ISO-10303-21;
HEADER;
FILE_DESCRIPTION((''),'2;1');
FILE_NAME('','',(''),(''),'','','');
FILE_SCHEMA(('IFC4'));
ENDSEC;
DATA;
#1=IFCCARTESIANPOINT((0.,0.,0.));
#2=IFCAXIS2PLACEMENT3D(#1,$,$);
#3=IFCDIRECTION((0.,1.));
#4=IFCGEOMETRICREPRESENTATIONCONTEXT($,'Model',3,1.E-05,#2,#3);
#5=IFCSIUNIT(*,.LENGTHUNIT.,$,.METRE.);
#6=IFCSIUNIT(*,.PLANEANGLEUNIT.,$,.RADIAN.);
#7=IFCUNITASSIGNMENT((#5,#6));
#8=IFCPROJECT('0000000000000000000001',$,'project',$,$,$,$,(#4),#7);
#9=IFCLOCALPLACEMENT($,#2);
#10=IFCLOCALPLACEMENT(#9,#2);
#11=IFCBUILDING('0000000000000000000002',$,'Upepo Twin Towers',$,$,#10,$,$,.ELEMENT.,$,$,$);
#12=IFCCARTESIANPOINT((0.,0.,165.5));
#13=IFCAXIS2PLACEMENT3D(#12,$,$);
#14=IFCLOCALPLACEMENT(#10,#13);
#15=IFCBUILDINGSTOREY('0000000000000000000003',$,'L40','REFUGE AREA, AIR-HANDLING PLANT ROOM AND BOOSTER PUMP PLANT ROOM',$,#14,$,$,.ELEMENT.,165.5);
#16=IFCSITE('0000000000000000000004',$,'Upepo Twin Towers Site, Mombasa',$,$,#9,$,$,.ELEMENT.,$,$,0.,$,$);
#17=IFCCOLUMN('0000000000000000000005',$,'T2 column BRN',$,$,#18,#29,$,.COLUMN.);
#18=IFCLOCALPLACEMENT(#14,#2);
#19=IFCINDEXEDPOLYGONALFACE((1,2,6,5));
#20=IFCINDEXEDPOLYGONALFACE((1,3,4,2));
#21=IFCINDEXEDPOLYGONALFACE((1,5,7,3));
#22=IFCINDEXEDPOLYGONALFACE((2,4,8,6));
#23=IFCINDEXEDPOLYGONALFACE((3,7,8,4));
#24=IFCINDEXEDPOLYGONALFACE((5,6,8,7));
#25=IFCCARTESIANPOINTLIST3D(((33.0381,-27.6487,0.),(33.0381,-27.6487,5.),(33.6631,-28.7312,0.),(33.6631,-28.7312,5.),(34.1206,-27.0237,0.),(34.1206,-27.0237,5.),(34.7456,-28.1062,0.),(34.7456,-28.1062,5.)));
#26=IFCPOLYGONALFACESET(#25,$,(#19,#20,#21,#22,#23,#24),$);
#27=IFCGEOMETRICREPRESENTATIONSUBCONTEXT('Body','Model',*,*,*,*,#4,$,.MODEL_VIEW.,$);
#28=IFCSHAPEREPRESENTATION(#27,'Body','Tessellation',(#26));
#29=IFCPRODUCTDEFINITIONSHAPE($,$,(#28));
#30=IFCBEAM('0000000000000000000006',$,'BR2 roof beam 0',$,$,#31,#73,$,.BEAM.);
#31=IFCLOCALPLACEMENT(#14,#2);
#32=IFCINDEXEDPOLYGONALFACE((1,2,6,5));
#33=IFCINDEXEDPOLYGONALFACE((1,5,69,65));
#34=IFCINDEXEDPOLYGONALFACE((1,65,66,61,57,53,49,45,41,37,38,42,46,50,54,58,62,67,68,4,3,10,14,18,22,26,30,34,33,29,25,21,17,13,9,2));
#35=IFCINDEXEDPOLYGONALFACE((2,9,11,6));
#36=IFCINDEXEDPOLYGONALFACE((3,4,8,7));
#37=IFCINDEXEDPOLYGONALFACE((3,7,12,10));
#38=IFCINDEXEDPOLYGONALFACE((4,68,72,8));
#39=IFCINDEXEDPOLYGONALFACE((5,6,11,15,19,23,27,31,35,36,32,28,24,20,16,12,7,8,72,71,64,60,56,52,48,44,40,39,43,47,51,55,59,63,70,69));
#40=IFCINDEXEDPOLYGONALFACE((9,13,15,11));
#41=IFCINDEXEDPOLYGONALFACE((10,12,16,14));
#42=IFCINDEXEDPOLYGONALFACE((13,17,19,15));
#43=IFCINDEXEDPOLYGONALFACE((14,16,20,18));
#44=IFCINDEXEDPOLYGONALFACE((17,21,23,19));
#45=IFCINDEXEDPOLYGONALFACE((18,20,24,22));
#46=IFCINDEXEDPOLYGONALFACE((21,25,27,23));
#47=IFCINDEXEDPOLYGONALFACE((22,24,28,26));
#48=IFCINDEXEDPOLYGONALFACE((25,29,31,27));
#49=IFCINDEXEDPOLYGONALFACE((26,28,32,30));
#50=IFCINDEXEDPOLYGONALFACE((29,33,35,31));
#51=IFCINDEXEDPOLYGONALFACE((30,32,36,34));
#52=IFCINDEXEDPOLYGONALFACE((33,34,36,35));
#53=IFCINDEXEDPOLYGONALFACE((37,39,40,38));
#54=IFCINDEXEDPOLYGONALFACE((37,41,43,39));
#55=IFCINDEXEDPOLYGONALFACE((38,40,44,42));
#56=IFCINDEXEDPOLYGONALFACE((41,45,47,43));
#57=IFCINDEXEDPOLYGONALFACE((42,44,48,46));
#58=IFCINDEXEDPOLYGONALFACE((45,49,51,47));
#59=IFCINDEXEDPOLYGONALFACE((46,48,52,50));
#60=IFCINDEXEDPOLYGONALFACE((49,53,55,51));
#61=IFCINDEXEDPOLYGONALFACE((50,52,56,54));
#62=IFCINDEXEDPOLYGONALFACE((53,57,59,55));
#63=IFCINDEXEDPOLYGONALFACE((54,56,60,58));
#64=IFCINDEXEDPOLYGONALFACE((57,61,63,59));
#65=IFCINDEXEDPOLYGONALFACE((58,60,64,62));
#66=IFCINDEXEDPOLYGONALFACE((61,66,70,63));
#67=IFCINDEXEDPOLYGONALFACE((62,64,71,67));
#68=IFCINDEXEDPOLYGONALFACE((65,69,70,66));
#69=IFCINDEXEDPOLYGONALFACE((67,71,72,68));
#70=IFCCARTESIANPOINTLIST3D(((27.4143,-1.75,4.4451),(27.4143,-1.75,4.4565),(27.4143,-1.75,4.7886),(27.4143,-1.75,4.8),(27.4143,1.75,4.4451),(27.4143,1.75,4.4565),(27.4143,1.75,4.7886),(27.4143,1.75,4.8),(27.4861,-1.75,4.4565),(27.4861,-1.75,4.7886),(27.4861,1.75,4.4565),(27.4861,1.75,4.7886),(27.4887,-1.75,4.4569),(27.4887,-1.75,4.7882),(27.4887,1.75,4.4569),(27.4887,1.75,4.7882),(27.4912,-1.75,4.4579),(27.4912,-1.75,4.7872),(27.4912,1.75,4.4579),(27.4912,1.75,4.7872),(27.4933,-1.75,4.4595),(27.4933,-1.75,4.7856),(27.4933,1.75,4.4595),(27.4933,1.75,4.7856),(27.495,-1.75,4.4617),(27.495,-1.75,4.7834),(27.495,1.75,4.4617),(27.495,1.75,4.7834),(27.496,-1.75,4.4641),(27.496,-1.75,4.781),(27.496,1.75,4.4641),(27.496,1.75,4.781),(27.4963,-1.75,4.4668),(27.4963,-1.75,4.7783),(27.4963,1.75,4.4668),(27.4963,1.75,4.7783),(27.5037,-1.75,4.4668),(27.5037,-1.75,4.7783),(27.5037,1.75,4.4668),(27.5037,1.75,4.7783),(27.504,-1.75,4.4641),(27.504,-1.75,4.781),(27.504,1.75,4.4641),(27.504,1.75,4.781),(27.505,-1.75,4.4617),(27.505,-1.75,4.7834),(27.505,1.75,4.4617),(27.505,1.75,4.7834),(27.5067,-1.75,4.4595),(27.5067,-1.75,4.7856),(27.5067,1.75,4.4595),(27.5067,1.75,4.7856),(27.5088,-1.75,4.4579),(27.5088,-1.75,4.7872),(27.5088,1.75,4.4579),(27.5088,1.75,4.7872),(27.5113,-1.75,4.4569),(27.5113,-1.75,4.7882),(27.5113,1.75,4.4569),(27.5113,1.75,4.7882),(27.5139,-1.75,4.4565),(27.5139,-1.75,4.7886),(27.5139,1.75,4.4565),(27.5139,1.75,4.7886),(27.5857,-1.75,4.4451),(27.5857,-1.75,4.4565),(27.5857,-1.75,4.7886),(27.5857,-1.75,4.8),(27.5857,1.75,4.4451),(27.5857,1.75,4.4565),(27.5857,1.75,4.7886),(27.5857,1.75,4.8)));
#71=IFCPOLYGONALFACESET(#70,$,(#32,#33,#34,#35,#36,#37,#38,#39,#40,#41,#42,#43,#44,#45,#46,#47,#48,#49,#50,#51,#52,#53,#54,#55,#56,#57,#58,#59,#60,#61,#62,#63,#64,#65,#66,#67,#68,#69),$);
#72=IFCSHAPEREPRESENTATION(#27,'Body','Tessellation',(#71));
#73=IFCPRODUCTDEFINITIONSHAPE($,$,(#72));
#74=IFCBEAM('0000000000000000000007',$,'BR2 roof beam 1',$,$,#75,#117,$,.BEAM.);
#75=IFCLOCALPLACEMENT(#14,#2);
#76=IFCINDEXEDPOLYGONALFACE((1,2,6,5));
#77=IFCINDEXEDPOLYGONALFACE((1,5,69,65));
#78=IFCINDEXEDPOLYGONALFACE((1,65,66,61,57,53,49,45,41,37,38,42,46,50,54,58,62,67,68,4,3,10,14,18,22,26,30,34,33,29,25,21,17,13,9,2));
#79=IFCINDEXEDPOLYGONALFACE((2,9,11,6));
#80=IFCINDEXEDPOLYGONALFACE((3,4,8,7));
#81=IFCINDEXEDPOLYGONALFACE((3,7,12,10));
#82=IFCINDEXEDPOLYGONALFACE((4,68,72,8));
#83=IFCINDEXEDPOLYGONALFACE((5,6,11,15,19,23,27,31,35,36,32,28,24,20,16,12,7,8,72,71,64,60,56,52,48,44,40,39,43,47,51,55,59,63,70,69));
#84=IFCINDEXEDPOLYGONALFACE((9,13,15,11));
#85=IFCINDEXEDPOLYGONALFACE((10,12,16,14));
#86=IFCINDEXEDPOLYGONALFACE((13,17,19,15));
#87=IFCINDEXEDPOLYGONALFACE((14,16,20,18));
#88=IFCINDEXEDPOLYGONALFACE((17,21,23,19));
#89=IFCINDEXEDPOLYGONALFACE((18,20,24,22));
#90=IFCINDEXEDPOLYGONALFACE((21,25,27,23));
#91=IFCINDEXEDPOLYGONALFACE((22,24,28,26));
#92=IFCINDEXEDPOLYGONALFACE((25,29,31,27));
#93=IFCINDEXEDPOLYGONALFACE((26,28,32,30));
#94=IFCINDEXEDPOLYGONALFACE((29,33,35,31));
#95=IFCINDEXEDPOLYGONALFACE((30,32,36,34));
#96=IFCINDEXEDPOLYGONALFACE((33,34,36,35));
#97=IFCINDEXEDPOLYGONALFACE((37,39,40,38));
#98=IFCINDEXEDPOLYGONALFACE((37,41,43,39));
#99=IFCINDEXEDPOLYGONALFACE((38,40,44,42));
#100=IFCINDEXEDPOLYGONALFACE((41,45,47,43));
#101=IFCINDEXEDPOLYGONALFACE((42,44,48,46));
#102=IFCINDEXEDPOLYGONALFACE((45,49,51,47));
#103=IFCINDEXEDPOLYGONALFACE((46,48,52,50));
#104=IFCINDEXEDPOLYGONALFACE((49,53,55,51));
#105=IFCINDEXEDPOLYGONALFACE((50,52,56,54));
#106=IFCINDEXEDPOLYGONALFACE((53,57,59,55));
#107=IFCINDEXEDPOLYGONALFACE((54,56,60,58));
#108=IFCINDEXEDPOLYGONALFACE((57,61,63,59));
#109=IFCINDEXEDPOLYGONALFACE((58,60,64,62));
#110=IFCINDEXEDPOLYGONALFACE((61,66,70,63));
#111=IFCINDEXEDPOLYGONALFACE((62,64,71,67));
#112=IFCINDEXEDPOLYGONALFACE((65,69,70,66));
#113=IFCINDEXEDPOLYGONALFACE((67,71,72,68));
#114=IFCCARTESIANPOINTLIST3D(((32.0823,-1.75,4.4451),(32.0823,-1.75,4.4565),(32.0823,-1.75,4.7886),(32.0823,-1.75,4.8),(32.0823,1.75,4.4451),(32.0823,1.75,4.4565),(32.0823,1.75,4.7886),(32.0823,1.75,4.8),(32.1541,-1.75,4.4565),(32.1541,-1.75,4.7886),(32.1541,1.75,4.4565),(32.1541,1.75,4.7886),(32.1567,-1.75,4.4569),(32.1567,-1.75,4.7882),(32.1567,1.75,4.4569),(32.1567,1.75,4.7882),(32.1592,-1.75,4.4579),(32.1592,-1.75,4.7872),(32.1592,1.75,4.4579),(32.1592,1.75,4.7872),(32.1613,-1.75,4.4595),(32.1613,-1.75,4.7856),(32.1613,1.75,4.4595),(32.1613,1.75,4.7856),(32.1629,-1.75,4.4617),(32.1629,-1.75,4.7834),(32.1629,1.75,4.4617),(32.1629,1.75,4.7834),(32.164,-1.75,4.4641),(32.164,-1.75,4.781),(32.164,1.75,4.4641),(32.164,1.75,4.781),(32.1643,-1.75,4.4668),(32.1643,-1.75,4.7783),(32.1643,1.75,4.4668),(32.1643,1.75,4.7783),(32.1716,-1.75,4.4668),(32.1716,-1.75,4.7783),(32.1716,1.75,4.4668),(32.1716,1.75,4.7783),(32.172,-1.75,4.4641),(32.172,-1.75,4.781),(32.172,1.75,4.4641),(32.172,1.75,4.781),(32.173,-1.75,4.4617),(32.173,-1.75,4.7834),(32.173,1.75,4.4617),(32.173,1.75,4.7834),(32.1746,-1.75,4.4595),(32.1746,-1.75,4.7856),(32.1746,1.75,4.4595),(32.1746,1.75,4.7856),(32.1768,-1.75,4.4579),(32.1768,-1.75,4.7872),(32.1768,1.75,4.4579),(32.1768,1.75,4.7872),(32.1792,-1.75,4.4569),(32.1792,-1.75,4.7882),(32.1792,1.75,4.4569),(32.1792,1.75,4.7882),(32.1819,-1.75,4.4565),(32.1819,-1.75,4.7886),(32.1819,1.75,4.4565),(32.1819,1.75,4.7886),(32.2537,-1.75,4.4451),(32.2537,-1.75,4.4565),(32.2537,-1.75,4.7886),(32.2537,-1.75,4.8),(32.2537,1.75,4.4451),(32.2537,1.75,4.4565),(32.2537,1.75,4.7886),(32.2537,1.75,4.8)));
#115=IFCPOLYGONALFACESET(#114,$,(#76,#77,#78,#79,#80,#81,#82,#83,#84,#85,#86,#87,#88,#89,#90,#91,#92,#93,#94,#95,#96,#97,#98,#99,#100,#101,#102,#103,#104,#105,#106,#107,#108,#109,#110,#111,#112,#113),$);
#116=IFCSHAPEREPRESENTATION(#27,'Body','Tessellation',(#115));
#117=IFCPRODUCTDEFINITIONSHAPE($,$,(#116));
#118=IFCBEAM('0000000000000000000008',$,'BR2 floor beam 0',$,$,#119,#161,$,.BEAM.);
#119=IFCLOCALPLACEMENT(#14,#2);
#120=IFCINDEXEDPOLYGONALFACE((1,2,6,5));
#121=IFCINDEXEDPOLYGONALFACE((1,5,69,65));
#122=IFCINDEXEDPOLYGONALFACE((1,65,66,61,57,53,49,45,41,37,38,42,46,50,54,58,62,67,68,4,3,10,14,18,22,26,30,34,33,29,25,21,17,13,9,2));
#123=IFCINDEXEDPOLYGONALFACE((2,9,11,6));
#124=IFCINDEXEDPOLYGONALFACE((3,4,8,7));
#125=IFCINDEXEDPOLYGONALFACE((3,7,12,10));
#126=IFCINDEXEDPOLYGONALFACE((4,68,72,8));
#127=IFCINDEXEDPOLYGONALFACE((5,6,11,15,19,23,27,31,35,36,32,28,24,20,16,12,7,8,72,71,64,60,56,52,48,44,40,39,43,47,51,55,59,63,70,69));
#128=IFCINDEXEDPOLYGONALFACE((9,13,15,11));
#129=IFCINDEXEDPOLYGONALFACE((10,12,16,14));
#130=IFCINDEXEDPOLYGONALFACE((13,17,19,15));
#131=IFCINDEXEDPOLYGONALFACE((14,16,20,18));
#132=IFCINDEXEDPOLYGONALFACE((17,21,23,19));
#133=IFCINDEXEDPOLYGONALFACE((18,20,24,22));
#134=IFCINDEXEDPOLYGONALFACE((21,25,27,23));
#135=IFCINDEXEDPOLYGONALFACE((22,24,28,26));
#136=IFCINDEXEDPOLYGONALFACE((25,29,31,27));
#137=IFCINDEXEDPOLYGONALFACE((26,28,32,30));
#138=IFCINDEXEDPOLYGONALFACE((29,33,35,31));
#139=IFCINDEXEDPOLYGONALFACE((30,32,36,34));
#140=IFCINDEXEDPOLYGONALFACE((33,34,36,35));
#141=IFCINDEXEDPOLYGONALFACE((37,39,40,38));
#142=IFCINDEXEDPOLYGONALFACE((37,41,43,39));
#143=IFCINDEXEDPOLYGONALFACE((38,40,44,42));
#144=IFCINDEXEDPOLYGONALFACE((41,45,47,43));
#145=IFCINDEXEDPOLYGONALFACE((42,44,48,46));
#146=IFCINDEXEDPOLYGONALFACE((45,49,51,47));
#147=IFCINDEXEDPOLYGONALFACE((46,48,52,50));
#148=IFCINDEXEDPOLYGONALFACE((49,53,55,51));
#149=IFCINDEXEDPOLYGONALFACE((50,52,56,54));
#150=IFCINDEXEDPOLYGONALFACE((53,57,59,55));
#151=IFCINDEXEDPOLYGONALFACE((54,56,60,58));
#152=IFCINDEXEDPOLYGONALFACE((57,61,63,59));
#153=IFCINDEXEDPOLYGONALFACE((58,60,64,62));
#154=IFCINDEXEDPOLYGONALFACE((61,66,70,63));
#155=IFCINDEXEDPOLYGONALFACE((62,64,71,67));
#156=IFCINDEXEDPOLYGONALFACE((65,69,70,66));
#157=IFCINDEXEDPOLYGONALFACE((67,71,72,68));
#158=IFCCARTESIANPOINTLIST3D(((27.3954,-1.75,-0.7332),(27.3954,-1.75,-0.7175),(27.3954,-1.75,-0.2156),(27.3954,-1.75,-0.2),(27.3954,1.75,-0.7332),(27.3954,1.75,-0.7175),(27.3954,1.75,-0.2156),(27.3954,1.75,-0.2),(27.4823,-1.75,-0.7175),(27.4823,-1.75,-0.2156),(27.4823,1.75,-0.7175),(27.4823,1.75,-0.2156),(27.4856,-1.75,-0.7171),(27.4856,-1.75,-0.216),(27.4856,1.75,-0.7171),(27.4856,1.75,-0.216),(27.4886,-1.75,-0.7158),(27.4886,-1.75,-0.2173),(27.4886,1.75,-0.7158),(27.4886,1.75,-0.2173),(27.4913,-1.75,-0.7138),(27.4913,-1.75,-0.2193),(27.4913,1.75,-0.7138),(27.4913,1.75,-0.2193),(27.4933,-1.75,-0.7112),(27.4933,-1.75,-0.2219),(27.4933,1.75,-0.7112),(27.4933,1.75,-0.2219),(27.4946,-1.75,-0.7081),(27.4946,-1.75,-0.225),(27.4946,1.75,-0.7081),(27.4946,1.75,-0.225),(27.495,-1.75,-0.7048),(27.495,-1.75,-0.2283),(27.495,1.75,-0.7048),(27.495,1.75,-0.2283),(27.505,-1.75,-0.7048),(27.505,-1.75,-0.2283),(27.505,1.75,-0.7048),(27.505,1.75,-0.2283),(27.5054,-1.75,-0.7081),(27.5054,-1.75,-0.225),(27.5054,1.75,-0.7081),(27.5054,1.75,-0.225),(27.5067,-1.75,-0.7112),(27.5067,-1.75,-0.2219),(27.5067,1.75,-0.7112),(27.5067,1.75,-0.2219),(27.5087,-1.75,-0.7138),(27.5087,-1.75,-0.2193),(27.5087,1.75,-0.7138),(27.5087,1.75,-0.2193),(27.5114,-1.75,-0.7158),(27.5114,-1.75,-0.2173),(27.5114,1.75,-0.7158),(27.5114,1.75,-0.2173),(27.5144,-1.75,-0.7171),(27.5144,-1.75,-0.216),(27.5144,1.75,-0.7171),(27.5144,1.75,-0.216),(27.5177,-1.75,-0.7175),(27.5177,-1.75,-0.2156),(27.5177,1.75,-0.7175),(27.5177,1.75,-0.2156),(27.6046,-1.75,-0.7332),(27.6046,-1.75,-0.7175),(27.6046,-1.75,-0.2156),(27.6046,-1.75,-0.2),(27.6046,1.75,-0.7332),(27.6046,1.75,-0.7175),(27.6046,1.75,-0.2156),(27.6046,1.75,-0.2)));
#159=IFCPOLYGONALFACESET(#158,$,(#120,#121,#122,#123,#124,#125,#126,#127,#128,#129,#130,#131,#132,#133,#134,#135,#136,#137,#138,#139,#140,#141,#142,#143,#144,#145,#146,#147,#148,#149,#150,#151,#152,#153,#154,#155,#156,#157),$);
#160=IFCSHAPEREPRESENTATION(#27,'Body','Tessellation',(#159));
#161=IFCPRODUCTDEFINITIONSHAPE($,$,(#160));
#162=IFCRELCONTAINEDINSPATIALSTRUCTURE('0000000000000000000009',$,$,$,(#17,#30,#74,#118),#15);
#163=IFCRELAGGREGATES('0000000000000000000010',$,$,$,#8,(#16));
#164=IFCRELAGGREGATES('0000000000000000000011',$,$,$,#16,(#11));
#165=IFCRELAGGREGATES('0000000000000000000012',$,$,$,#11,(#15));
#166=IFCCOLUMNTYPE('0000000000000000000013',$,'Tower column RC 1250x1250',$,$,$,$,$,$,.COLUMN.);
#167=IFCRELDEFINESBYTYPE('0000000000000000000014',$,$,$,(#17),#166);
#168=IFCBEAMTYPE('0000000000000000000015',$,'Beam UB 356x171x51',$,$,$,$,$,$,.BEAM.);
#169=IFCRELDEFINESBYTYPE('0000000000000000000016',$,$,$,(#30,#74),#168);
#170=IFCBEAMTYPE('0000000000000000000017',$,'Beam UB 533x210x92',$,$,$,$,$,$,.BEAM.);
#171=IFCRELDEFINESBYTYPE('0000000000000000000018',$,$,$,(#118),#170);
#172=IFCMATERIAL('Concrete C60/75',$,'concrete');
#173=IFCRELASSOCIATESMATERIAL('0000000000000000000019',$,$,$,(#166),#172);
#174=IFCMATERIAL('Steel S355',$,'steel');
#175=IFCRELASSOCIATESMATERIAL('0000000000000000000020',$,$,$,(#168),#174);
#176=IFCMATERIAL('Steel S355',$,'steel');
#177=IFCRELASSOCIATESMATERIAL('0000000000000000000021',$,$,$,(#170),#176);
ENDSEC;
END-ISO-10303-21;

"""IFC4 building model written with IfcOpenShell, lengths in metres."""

from ifc_helpers import new_model, si_unit, direction, frame, origin, origin_2d, place, context, subcontext, project, spatial, rectangle, i_section, extrude, material, material_profile, profile_set, type_object, element, save


model = new_model("IFC4")

# Units and contexts
model_context = context("Model", 3, precision=1e-05, world=origin(), true_north=direction((0.0, 1.0)))
body_context = subcontext(model_context, "Body", "Model", "MODEL_VIEW")
ifc_project = project(units=[si_unit("LENGTHUNIT", "METRE"), si_unit("PLANEANGLEUNIT", "RADIAN")], contexts=[model_context])

# Site, building, storey
site_placement = place(None, origin())
site = spatial("IfcSite", under=ifc_project, at=site_placement, Name="Upepo Twin Towers Site, Mombasa", CompositionType="ELEMENT", RefElevation=0.0)
building_placement = place(site_placement, origin())
building = spatial("IfcBuilding", under=site, at=building_placement, Name="Upepo Twin Towers", CompositionType="ELEMENT")
storey_placement = place(building_placement, frame((0.0, 0.0, 165.5)))
storey = spatial("IfcBuildingStorey", under=building, at=storey_placement, Name="L40", Description="REFUGE AREA, AIR-HANDLING PLANT ROOM AND BOOSTER PUMP PLANT ROOM", CompositionType="ELEMENT", Elevation=165.5)

# Column
ifc_material_1 = material(Name="Concrete C60/75", Category="concrete")
ifc_material_profile_1 = material_profile(ifc_material_1, rectangle(XDim=1.25, YDim=1.25, at=origin_2d()), Name="RC 1250x1250")
ifc_profile_set_1 = profile_set([ifc_material_profile_1], Name="Concrete C60/75")
column_type = type_object("IfcColumnType", Name="Tower column RC 1250x1250", PredefinedType="COLUMN", material=ifc_profile_set_1)
column_placement = place(storey_placement, frame((33.8918, -27.8774, 0.0), z_axis=(0.0, 0.0, 1.0), x_axis=(0.866025, 0.5, 0.0)))
element("IfcColumn", 1, at=column_placement, inside=storey, type_object=column_type, Name="T2 column BRN", PredefinedType="COLUMN", context=body_context, shape_type="SweptSolid", body=[
    extrude(rectangle(XDim=1.25, YDim=1.25, at=origin_2d()), origin(), (0.0, 0.0, 1.0), 5.0),
])

# Beams
ifc_material_2 = material(Name="Steel S355", Category="steel")
ifc_material_profile_2 = material_profile(ifc_material_2, i_section(OverallWidth=0.1714, OverallDepth=0.355, WebThickness=0.0073, FlangeThickness=0.0115, FilletRadius=0.0103, at=origin_2d()), Name="UB 356x171x51")
ifc_profile_set_2 = profile_set([ifc_material_profile_2], Name="Steel S355")
beam_type_1 = type_object("IfcBeamType", Name="Beam UB 356x171x51", PredefinedType="BEAM", material=ifc_profile_set_2)
for number, where, z_axis, x_axis, name in (
    (2, (27.5, -1.75, 4.6226), (0.0, 1.0, 0.0), (-1.0, 0.0, 0.0), "BR2 roof beam 0"),
    (3, (32.168, -1.75, 4.6226), (0.0, 1.0, 0.0), (-1.0, 0.0, 0.0), "BR2 roof beam 1"),
):
    element("IfcBeam", number, at=place(storey_placement, frame(where, z_axis=z_axis, x_axis=x_axis)), inside=storey, type_object=beam_type_1, Name=name, PredefinedType="BEAM", context=body_context, shape_type="SweptSolid", body=[
        extrude(i_section(OverallWidth=0.1714, OverallDepth=0.355, WebThickness=0.0073, FlangeThickness=0.0115, FilletRadius=0.0103, at=origin_2d()), origin(), (0.0, 0.0, 1.0), 3.5),
    ])
ifc_material_3 = material(Name="Steel S355", Category="steel")
ifc_material_profile_3 = material_profile(ifc_material_3, i_section(OverallWidth=0.2092, OverallDepth=0.5332, WebThickness=0.01, FlangeThickness=0.0156, FilletRadius=0.0127, at=origin_2d()), Name="UB 533x210x92")
ifc_profile_set_3 = profile_set([ifc_material_profile_3], Name="Steel S355")
beam_type_2 = type_object("IfcBeamType", Name="Beam UB 533x210x92", PredefinedType="BEAM", material=ifc_profile_set_3)
for number, where, z_axis, x_axis, name in (
    (4, (27.5, -1.75, -0.4666), (0.0, 1.0, 0.0), (-1.0, 0.0, 0.0), "BR2 floor beam 0"),
):
    element("IfcBeam", number, at=place(storey_placement, frame(where, z_axis=z_axis, x_axis=x_axis)), inside=storey, type_object=beam_type_2, Name=name, PredefinedType="BEAM", context=body_context, shape_type="SweptSolid", body=[
        extrude(i_section(OverallWidth=0.2092, OverallDepth=0.5332, WebThickness=0.01, FlangeThickness=0.0156, FilletRadius=0.0127, at=origin_2d()), origin(), (0.0, 0.0, 1.0), 3.5),
    ])

save(model, "model.ifc")
